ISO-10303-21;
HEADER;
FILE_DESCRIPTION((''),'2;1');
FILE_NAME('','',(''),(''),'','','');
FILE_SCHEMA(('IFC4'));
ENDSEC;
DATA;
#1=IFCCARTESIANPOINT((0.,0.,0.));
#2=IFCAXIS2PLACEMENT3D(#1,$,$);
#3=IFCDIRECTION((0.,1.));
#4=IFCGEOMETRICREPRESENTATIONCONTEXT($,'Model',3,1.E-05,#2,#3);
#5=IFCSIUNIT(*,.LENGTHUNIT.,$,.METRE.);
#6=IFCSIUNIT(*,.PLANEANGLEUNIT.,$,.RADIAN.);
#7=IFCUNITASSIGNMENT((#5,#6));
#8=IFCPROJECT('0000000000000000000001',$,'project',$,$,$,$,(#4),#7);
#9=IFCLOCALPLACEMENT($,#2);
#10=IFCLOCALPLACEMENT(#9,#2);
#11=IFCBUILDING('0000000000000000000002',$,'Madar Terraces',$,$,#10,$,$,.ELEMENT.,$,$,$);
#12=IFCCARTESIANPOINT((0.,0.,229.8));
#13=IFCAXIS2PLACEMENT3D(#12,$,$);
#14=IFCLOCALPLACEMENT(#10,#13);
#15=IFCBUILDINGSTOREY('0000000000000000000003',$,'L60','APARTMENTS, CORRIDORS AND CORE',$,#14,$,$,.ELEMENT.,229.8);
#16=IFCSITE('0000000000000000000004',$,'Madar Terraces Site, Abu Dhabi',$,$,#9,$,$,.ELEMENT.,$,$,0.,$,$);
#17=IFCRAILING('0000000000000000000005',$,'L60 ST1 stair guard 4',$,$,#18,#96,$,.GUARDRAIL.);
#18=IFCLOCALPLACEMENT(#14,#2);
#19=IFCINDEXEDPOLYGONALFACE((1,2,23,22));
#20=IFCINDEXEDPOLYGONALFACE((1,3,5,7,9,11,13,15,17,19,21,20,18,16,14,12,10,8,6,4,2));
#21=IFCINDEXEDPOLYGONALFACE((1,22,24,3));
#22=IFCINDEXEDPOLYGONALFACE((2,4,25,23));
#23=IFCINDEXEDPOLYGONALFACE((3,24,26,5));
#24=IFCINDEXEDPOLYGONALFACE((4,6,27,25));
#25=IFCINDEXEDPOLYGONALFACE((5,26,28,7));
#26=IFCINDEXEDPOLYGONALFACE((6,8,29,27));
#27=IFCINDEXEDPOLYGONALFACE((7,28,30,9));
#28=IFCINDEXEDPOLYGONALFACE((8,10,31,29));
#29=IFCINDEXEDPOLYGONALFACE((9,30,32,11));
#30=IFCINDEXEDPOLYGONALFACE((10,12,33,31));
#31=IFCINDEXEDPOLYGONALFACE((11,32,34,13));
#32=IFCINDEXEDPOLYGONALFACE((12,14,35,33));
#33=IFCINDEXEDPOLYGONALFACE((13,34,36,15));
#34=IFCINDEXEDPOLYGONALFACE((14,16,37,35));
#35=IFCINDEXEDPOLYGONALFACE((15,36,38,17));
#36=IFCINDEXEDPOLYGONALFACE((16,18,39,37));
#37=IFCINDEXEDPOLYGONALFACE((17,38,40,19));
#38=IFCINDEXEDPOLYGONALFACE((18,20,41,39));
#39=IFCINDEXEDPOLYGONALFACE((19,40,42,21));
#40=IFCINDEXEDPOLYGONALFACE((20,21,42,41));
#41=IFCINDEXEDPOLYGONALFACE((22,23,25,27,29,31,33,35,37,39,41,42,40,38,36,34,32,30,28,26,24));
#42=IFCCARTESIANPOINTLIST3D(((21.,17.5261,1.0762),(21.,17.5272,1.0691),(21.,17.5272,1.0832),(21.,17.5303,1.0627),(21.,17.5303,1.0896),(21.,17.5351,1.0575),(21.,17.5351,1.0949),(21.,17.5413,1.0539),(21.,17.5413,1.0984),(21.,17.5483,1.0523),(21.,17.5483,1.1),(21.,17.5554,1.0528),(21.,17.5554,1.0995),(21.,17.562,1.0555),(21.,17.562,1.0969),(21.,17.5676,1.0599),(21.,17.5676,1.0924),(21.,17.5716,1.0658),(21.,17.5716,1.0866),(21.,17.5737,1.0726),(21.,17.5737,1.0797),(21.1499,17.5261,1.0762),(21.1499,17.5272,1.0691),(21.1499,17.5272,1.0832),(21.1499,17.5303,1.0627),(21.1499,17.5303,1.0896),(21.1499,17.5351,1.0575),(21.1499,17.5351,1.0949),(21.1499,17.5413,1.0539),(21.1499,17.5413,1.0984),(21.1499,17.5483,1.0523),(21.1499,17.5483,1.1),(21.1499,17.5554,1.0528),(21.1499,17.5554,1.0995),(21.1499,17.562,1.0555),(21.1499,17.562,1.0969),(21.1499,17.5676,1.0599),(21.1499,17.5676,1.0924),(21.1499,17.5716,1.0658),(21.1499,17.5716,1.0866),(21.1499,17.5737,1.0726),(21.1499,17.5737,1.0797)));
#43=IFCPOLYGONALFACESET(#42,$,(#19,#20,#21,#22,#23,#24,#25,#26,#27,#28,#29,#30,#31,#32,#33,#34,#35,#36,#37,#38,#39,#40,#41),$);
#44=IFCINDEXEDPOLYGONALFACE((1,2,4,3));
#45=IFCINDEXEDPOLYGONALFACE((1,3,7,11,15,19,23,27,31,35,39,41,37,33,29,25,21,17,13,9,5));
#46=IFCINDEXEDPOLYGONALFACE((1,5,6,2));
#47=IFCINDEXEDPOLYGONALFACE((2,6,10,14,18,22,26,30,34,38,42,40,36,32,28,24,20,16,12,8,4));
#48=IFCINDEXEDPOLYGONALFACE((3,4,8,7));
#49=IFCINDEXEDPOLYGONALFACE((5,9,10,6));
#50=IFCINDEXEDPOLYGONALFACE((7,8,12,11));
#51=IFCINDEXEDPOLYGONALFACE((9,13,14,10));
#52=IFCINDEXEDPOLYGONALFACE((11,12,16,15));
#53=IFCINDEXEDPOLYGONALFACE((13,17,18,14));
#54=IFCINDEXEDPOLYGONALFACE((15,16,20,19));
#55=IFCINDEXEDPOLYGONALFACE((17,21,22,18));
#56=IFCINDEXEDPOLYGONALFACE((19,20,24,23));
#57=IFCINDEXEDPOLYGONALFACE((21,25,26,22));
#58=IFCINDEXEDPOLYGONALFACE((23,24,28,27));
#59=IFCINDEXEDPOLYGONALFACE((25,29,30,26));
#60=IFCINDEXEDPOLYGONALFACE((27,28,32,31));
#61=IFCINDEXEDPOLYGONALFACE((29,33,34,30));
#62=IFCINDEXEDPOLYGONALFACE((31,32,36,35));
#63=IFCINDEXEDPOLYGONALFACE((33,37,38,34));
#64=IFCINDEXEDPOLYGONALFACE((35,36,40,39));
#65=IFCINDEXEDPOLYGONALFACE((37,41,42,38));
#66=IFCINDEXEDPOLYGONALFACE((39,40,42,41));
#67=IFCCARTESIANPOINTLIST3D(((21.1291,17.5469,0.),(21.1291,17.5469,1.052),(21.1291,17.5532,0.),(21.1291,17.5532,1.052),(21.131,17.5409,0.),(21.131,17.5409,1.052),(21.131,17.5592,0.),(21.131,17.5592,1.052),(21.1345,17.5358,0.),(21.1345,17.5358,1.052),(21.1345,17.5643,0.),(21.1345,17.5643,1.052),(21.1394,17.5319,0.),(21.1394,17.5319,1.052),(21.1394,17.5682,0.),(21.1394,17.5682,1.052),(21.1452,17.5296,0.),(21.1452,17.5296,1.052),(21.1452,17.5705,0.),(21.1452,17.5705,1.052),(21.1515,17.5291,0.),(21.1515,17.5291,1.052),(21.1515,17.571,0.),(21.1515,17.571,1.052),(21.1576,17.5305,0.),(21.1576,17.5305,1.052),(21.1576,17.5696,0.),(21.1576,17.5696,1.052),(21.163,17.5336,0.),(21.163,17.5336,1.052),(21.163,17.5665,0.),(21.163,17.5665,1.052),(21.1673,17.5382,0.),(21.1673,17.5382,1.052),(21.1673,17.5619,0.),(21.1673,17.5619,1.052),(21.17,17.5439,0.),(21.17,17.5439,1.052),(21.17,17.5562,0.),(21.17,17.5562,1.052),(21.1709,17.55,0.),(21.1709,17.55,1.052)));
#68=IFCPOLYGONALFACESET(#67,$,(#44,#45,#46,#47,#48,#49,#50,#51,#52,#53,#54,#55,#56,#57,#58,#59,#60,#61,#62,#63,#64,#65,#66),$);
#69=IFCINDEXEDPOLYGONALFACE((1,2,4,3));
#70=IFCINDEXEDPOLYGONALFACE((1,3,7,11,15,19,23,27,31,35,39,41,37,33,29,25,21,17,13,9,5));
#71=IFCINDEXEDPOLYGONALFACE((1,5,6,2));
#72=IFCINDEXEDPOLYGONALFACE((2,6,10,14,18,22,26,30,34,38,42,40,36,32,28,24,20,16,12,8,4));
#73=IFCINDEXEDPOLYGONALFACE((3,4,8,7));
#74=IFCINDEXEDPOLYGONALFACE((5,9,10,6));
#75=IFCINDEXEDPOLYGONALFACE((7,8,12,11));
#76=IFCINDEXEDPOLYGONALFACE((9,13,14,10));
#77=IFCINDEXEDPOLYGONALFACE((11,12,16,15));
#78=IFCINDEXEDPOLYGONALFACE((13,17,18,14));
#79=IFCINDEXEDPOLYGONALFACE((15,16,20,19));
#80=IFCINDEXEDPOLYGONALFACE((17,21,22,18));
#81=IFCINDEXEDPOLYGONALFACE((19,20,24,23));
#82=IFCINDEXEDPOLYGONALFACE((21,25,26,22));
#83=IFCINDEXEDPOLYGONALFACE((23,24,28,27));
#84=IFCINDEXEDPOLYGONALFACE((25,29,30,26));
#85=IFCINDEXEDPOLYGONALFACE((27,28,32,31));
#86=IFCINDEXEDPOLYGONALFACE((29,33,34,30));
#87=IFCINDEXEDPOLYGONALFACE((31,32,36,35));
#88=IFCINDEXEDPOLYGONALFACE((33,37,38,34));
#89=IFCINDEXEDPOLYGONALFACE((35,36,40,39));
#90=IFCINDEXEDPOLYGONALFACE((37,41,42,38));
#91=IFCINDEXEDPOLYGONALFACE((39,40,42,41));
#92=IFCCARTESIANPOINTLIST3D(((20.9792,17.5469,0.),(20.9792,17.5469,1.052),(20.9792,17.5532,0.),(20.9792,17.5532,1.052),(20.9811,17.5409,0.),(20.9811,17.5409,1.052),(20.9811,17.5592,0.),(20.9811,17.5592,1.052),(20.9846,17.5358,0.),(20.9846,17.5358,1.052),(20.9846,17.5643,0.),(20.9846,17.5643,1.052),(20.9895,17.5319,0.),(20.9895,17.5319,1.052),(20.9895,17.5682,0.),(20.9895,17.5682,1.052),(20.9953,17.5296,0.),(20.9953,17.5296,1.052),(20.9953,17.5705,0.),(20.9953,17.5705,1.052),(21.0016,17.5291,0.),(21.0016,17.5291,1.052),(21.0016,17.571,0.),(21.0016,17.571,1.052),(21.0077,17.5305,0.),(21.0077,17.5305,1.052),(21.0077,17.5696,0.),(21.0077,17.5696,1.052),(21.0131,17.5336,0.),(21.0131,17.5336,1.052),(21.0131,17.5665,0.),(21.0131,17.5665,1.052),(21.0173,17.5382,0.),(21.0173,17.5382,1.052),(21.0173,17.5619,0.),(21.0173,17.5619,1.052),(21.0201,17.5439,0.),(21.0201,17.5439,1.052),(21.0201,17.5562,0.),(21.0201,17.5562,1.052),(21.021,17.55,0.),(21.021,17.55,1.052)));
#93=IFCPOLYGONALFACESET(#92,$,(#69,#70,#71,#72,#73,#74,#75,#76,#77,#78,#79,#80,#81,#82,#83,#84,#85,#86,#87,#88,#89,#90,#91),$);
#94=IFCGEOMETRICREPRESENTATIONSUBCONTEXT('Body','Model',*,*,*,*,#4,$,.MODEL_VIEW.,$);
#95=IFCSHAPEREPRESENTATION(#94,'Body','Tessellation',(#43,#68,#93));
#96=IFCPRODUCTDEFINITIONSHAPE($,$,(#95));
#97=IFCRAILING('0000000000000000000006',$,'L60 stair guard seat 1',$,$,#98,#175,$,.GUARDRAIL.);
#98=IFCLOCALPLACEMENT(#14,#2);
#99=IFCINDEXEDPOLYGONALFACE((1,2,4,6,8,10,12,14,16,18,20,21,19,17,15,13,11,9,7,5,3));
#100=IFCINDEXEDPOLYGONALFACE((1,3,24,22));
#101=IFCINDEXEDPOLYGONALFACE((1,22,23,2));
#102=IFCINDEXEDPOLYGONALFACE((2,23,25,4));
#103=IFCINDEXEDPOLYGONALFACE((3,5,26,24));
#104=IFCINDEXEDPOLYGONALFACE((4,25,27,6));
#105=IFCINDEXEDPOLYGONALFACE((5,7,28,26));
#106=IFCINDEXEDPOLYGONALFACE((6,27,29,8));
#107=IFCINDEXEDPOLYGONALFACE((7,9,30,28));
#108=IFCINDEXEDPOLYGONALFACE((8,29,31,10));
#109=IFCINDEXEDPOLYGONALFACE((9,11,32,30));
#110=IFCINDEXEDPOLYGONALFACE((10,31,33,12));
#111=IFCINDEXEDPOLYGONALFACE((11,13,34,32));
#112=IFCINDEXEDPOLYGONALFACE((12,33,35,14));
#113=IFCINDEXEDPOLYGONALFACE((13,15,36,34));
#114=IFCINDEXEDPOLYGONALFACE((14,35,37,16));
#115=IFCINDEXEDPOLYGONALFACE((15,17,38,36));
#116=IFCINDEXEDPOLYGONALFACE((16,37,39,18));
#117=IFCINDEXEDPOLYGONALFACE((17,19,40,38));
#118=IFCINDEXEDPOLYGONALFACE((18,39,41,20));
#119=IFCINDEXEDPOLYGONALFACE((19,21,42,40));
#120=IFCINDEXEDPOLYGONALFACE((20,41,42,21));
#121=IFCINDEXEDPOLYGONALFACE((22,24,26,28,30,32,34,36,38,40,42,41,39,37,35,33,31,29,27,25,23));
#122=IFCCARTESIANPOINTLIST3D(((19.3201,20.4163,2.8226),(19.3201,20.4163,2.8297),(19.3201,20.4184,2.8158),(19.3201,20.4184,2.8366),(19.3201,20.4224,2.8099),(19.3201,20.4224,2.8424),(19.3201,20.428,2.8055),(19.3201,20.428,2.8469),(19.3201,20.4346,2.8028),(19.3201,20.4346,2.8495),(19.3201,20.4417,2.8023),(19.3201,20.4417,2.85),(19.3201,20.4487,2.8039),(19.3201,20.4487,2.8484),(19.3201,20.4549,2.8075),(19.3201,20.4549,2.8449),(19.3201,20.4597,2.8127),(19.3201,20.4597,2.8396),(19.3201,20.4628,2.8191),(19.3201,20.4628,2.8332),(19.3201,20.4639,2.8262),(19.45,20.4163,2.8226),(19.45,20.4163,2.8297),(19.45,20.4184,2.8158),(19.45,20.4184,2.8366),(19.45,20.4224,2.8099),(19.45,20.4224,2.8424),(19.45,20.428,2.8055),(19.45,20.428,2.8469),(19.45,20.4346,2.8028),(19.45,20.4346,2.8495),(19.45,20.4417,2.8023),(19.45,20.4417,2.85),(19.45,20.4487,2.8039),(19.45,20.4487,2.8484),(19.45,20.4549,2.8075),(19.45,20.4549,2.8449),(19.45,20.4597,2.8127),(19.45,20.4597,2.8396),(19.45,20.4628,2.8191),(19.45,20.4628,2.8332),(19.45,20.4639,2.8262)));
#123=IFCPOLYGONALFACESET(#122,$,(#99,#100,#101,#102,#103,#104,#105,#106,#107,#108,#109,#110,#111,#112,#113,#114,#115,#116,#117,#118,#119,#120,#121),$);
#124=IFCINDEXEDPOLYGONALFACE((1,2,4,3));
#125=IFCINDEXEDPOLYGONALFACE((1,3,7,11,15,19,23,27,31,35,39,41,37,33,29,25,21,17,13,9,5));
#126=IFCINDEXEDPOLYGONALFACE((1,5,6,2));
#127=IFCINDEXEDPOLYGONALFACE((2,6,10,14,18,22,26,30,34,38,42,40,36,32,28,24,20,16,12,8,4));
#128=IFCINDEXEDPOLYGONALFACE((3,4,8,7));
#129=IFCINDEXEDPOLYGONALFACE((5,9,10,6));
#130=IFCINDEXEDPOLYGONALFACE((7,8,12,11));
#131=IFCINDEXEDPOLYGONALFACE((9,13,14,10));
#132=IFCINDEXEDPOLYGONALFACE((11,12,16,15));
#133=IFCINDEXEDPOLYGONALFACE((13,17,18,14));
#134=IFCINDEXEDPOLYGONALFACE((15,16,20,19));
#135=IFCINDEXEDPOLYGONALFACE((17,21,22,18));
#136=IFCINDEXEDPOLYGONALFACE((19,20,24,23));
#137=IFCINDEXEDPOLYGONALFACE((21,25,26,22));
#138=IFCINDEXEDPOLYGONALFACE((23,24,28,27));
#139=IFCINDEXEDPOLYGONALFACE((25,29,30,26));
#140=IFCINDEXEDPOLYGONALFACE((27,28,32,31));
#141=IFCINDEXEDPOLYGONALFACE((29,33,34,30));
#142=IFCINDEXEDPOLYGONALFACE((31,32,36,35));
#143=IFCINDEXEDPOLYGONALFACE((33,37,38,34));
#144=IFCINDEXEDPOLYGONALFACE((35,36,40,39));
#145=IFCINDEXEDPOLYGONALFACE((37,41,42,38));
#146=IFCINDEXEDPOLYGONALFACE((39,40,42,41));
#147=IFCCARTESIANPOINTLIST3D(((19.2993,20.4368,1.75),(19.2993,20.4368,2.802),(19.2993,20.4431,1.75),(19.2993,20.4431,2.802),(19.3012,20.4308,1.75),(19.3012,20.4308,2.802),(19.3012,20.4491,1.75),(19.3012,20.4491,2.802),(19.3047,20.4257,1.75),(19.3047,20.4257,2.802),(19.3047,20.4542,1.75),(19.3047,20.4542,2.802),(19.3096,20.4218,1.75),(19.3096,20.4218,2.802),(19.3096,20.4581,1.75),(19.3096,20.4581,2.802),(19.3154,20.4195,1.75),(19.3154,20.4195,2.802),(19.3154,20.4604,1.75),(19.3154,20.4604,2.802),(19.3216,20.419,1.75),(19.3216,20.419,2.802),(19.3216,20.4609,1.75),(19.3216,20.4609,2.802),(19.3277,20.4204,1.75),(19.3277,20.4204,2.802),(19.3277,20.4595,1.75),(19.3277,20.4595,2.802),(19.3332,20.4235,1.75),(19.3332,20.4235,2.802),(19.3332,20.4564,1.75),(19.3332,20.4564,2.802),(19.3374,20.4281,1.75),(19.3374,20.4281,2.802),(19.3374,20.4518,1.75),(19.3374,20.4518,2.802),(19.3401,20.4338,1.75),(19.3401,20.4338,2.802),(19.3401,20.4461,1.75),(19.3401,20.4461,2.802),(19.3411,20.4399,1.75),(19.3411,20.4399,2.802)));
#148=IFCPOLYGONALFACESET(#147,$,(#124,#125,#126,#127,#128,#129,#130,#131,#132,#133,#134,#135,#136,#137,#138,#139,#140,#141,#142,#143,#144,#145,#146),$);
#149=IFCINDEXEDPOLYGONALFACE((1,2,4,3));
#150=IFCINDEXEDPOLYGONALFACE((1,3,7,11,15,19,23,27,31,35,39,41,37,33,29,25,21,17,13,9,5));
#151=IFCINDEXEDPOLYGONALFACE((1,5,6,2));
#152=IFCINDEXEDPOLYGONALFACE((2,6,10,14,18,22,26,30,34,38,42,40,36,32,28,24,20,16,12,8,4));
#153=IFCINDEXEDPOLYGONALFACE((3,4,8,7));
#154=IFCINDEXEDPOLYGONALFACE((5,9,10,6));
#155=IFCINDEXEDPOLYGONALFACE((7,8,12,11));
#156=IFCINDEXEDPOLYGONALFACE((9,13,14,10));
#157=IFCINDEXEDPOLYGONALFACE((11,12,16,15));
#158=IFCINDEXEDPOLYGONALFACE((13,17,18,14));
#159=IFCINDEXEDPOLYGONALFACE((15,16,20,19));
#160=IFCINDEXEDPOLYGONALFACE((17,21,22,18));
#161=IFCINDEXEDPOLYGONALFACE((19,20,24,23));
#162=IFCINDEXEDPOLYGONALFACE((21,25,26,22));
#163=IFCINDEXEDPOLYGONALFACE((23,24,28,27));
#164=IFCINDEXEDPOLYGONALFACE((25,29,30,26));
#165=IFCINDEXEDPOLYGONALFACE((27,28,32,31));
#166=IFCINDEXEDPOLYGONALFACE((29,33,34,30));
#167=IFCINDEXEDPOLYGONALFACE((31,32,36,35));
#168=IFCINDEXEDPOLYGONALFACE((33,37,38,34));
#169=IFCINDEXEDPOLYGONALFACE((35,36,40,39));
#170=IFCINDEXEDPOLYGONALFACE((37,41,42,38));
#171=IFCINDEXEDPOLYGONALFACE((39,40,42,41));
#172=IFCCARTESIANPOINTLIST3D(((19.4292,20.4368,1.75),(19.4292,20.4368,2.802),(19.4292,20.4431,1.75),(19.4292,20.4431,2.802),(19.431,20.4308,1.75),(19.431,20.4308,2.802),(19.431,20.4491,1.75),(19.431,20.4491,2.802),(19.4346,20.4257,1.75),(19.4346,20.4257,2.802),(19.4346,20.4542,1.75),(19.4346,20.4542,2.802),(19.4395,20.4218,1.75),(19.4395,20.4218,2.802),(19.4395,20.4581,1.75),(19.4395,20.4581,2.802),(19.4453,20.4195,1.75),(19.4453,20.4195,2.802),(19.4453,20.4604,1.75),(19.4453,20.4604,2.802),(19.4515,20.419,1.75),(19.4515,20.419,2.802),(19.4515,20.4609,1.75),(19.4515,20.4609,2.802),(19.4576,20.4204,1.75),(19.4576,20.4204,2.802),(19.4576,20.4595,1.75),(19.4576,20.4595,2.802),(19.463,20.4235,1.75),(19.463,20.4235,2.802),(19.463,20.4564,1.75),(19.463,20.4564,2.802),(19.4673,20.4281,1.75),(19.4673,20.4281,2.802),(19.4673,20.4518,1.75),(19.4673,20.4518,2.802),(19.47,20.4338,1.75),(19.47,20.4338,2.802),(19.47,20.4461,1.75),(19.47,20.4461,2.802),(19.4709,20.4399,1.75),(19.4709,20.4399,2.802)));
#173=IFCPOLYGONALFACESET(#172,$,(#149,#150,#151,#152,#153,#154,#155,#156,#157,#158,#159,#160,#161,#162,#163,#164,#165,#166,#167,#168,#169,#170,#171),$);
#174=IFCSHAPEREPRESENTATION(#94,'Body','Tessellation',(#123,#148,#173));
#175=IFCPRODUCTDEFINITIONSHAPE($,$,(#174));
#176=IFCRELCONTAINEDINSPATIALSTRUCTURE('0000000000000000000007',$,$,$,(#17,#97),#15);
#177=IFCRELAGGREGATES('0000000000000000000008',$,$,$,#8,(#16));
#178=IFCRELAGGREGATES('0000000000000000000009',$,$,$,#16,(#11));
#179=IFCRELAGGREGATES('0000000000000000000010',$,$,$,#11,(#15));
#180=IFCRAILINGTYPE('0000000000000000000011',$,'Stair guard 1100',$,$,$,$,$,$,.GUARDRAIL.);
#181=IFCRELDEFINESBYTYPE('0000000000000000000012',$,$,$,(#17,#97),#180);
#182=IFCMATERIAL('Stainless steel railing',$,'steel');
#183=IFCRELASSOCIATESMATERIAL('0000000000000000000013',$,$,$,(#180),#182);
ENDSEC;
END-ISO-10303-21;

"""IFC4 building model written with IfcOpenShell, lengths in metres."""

from ifc_helpers import new_model, si_unit, direction, frame, origin, origin_2d, place, context, subcontext, project, spatial, circle, extrude, material, type_object, element, save


model = new_model("IFC4")

# Units and contexts
model_context = context("Model", 3, precision=1e-05, world=origin(), true_north=direction((0.0, 1.0)))
body_context = subcontext(model_context, "Body", "Model", "MODEL_VIEW")
ifc_project = project(units=[si_unit("LENGTHUNIT", "METRE"), si_unit("PLANEANGLEUNIT", "RADIAN")], contexts=[model_context])

# Site, building, storey
site_placement = place(None, origin())
site = spatial("IfcSite", under=ifc_project, at=site_placement, Name="Madar Terraces Site, Abu Dhabi", CompositionType="ELEMENT", RefElevation=0.0)
building_placement = place(site_placement, origin())
building = spatial("IfcBuilding", under=site, at=building_placement, Name="Madar Terraces", CompositionType="ELEMENT")
storey_placement = place(building_placement, frame((0.0, 0.0, 229.8)))
storey = spatial("IfcBuildingStorey", under=building, at=storey_placement, Name="L60", Description="APARTMENTS, CORRIDORS AND CORE", CompositionType="ELEMENT", Elevation=229.8)

# Railings
ifc_material_1 = material(Name="Stainless steel railing", Category="steel")
railing_type_1 = type_object("IfcRailingType", Name="Stair guard 1100", PredefinedType="GUARDRAIL", material=ifc_material_1)
railing_1_placement = place(storey_placement, frame((21.1499, 17.55, 0.0)))
element("IfcRailing", 1, at=railing_1_placement, inside=storey, type_object=railing_type_1, Name="L60 ST1 stair guard 4", PredefinedType="GUARDRAIL", context=body_context, shape_type="SweptSolid", body=[
    extrude(circle(Radius=0.0239, at=origin_2d()), frame((0.0, 0.0, 1.0762), z_axis=(-1.0, 0.0, 0.0), x_axis=(0.0, -1.0, 0.0)), (0.0, 0.0, 1.0), 0.1499),
    extrude(circle(Radius=0.021, at=origin_2d()), origin(), (0.0, 0.0, 1.0), 1.052),
    extrude(circle(Radius=0.021, at=origin_2d()), frame((-0.1499, 0.0, 0.0)), (0.0, 0.0, 1.0), 1.052),
])
for number, where, name in (
    (2, (19.3201, 20.4399, 1.75), "L60 stair guard seat 1"),
):
    element("IfcRailing", number, at=place(storey_placement, frame(where)), inside=storey, type_object=railing_type_1, Name=name, PredefinedType="GUARDRAIL", context=body_context, shape_type="SweptSolid", body=[
        extrude(circle(Radius=0.0239, at=origin_2d()), frame((0.0, 0.0, 1.0762), z_axis=(1.0, 0.0, 0.0), x_axis=(0.0, 1.0, 0.0)), (0.0, 0.0, 1.0), 0.1299),
        extrude(circle(Radius=0.021, at=origin_2d()), origin(), (0.0, 0.0, 1.0), 1.052),
        extrude(circle(Radius=0.021, at=origin_2d()), frame((0.1299, 0.0, 0.0)), (0.0, 0.0, 1.0), 1.052),
    ])

save(model, "model.ifc")
